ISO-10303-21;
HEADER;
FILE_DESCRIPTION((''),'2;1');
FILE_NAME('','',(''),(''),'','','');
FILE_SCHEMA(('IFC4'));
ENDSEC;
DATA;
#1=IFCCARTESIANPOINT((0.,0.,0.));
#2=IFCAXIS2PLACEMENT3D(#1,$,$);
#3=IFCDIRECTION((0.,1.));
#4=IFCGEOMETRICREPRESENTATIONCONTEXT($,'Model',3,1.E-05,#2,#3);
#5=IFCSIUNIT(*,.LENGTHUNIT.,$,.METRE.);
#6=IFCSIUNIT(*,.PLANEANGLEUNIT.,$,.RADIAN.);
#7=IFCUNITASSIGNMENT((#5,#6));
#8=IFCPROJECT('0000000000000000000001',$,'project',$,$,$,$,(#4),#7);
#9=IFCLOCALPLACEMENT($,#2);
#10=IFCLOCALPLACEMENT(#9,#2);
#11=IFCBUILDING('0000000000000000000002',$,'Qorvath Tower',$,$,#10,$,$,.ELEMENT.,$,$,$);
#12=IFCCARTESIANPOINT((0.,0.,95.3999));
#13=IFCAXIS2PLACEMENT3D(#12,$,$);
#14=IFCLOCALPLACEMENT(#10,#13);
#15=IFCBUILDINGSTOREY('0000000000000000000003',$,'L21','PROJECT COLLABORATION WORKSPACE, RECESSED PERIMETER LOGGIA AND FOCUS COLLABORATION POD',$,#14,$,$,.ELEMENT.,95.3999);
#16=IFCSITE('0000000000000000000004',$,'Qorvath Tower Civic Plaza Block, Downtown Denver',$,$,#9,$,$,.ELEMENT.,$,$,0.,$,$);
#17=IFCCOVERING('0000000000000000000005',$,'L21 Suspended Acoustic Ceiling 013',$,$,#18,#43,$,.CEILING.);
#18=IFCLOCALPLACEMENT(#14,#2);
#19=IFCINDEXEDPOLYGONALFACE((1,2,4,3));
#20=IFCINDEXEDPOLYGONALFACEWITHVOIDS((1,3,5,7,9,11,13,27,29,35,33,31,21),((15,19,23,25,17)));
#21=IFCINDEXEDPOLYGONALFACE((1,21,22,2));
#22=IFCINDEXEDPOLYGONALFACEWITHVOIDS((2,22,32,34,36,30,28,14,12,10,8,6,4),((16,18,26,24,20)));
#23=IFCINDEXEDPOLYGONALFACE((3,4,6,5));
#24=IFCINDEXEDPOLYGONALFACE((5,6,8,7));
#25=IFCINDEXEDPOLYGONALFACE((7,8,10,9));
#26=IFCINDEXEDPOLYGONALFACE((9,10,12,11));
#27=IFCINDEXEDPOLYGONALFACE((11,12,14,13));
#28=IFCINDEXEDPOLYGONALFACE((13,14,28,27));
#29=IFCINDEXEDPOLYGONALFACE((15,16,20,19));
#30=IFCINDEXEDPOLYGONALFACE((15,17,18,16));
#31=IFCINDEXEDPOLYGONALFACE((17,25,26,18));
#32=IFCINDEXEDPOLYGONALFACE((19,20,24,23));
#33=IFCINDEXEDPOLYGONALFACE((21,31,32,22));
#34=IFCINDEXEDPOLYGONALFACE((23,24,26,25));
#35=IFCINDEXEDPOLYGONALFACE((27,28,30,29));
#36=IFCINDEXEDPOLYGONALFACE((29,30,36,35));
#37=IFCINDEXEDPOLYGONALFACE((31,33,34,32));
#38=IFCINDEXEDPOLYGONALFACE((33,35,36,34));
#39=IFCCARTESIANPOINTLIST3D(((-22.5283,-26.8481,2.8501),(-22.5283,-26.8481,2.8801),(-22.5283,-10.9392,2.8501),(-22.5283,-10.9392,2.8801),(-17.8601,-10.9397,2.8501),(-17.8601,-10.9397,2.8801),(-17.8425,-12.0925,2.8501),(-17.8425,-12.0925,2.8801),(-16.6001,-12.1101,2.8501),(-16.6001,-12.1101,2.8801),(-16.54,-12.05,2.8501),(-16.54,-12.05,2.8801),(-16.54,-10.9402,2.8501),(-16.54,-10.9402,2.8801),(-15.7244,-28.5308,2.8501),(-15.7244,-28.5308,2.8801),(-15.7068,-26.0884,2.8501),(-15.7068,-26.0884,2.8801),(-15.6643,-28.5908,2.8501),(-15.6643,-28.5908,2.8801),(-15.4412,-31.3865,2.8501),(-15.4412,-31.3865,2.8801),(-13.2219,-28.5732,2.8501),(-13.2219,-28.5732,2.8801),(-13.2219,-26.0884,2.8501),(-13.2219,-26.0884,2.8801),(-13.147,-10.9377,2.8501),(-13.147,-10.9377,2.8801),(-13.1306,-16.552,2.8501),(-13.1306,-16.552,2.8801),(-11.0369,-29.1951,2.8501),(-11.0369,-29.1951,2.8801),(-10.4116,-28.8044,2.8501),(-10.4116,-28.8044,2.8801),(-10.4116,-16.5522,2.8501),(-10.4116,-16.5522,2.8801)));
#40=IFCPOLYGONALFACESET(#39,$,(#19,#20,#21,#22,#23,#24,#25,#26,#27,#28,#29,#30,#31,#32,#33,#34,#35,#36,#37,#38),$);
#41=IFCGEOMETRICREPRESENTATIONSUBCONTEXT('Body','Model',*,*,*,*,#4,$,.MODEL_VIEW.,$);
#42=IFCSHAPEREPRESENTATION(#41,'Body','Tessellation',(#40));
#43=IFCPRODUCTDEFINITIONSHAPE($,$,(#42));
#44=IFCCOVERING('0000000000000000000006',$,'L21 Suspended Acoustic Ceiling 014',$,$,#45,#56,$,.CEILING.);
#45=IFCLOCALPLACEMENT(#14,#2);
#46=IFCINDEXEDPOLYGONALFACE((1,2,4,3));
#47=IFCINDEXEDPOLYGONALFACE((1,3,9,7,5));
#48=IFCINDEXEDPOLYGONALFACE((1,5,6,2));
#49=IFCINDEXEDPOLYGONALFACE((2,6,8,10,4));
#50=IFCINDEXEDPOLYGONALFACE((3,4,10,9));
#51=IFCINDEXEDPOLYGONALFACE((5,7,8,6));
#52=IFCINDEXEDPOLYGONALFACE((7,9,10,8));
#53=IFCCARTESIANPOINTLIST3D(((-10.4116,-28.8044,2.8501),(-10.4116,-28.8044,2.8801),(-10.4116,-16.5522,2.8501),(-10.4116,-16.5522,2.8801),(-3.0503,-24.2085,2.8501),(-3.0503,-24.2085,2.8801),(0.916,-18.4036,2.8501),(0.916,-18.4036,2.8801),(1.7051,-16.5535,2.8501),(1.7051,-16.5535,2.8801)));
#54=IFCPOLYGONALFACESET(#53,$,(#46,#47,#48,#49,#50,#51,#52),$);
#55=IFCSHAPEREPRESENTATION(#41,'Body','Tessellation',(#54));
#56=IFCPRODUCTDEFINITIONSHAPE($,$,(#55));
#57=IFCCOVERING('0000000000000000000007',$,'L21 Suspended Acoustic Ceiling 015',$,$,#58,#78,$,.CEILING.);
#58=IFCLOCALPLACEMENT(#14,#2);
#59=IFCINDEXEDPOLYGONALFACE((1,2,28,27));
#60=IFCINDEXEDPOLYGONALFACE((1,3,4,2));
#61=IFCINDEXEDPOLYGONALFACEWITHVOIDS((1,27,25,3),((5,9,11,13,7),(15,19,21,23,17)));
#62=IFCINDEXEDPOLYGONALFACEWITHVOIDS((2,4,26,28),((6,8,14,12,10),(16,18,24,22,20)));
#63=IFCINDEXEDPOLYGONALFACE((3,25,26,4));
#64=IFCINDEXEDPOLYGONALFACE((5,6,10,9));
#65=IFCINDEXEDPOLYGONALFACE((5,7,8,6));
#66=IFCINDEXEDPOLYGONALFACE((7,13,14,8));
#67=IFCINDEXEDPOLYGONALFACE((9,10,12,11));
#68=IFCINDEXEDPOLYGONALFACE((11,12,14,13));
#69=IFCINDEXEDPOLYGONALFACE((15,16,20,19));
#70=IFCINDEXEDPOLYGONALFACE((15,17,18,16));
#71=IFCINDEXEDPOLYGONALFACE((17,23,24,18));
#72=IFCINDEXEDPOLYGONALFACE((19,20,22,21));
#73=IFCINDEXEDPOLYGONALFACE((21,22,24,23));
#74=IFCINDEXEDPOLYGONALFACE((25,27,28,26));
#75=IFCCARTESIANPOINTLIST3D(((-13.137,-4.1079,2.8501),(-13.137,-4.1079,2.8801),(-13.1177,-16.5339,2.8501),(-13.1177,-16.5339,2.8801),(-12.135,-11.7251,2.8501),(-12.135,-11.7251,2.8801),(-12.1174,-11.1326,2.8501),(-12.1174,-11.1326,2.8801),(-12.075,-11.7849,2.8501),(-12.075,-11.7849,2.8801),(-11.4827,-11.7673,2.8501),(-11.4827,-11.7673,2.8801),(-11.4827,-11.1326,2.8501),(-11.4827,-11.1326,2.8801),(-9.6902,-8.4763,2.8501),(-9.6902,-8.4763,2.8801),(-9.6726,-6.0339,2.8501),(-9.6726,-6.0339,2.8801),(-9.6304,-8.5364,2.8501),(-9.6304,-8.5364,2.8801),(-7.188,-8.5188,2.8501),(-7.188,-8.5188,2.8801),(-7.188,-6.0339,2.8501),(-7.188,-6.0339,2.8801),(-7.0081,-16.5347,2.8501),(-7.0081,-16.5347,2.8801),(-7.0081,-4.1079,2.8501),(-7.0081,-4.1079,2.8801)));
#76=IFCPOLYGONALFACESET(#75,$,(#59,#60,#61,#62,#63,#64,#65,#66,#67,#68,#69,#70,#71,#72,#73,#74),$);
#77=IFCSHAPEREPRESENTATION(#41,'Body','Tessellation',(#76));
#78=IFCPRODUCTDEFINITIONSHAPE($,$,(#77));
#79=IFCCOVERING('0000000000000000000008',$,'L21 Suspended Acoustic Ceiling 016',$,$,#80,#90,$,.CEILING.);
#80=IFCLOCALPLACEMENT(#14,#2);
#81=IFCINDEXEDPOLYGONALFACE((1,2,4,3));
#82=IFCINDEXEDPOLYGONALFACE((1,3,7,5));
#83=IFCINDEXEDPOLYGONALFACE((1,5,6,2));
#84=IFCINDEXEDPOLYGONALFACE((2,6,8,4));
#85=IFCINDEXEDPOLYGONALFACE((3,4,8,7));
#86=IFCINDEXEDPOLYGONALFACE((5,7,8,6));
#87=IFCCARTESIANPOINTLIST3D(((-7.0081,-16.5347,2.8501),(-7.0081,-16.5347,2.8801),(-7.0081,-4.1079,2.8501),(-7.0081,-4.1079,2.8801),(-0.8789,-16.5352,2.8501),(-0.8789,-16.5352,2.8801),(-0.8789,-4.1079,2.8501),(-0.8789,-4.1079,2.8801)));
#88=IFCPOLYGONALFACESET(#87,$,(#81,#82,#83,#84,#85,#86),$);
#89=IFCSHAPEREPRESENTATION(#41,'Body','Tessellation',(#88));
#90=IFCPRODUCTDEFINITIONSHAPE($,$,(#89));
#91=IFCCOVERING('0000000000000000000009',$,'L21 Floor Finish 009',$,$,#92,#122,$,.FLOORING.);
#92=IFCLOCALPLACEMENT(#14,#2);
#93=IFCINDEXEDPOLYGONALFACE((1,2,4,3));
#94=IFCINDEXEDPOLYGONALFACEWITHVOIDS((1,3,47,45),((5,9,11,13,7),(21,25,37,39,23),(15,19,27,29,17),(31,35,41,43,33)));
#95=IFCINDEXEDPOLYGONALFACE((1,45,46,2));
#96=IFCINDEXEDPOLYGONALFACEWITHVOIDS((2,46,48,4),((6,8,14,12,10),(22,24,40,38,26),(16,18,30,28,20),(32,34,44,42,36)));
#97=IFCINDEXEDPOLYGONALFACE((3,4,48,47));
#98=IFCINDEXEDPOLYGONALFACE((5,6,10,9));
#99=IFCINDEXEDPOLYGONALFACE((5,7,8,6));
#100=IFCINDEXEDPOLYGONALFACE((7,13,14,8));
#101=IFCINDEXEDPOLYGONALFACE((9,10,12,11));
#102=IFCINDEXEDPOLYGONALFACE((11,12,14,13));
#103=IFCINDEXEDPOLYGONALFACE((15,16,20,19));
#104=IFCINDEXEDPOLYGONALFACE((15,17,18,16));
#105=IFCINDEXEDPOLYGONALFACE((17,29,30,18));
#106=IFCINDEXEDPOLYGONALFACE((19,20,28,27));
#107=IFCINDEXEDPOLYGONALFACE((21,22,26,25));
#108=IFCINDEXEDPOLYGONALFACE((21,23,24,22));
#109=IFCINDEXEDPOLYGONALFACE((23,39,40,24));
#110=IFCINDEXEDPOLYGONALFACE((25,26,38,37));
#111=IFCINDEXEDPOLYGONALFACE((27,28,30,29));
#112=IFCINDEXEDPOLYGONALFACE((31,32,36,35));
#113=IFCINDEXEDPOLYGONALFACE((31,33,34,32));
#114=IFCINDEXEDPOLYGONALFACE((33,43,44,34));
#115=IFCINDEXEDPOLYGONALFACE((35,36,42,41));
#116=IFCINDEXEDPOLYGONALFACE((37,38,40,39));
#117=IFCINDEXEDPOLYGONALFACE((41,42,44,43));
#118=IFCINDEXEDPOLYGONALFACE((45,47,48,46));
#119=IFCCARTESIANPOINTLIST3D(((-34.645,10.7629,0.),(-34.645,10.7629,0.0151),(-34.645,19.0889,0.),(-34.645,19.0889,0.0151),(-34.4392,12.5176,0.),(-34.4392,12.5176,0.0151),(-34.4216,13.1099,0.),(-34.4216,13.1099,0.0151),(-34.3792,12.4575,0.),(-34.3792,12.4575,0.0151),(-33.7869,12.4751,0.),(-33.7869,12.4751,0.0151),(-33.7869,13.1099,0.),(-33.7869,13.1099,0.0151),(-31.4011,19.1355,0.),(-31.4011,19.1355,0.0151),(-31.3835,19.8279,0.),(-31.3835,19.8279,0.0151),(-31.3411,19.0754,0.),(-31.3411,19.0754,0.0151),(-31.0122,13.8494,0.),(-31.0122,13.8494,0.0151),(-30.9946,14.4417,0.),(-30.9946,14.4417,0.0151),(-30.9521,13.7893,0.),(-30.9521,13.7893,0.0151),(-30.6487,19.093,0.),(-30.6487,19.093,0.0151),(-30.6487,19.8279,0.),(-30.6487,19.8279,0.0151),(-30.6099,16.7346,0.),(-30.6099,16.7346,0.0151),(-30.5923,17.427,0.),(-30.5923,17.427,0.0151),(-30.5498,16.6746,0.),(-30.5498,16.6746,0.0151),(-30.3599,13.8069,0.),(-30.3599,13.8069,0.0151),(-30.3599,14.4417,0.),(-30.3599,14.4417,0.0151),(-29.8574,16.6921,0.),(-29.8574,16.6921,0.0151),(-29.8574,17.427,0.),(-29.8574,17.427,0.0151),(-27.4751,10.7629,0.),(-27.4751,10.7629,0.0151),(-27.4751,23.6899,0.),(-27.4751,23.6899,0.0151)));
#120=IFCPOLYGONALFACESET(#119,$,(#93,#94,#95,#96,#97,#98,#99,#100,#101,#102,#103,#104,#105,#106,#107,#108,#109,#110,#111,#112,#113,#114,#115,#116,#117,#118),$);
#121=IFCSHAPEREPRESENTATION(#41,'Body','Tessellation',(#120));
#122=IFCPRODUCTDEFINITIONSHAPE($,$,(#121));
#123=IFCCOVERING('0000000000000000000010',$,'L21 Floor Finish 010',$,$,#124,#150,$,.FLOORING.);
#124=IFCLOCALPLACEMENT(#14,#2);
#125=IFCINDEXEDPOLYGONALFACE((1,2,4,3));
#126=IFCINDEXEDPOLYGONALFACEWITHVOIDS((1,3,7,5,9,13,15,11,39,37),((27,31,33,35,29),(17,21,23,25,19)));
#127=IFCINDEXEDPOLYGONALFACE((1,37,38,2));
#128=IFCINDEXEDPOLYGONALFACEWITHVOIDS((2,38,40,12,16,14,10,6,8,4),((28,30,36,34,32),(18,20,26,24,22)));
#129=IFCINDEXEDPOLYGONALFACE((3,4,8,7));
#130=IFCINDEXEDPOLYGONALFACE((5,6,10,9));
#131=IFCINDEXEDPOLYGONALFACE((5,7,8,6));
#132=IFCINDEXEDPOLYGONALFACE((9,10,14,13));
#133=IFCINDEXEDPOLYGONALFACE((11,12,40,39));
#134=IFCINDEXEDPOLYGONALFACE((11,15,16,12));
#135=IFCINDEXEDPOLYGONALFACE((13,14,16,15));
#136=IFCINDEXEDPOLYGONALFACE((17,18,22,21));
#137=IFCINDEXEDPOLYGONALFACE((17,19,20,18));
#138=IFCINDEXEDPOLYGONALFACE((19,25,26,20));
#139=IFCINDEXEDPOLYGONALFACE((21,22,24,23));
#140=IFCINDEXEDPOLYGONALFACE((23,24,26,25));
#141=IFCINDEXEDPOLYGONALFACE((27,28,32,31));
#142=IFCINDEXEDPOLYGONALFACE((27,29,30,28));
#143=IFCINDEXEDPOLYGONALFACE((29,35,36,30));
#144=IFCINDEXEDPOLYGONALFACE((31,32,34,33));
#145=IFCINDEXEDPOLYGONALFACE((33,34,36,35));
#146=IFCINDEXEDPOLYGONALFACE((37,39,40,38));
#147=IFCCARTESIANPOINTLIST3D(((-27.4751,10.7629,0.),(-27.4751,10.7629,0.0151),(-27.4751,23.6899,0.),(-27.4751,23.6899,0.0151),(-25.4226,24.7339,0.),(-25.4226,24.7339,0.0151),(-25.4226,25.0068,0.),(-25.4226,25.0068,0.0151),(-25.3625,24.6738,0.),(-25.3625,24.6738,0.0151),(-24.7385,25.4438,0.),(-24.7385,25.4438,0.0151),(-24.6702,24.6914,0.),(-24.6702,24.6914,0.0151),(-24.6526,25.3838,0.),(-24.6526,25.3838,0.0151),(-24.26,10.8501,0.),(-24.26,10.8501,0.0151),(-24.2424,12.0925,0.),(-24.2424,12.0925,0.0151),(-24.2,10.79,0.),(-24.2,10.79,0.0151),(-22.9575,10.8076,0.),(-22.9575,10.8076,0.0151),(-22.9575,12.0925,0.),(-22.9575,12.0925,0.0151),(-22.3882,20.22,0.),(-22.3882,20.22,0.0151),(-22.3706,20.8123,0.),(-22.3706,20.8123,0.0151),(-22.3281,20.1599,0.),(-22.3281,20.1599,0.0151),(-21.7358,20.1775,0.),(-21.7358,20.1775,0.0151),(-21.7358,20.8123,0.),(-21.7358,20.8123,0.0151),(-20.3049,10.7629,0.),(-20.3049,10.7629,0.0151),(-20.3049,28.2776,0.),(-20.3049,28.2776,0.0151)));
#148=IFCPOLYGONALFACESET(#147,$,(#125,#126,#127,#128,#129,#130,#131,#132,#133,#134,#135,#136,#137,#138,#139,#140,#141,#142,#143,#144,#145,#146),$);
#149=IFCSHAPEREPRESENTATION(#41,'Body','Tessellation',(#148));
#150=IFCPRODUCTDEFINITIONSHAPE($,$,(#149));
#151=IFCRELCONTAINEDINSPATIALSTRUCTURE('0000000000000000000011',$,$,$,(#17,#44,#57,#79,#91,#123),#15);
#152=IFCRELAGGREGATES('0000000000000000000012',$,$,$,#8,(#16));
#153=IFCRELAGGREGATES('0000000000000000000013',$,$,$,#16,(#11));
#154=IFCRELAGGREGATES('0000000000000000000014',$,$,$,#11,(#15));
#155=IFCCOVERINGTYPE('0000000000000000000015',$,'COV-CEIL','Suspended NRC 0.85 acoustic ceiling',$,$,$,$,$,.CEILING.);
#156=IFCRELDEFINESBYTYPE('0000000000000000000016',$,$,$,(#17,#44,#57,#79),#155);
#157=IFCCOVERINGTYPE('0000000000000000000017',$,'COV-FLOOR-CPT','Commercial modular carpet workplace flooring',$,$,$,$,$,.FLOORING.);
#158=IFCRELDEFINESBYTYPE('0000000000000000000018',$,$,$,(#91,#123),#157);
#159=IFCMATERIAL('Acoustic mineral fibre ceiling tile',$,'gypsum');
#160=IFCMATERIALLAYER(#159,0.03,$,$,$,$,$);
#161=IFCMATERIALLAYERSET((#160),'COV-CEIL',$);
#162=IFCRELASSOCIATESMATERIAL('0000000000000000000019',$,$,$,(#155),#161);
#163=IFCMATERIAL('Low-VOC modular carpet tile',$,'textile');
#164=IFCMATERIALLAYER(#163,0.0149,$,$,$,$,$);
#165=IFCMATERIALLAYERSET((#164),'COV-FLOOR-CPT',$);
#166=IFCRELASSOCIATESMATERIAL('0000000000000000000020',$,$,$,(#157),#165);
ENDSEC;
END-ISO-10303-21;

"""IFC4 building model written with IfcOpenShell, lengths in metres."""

from ifc_helpers import new_model, si_unit, direction, frame, origin, place, context, subcontext, project, spatial, polyline, outline, extrude, material, layer, layer_set, type_object, element, save


model = new_model("IFC4")

# Units and contexts
model_context = context("Model", 3, precision=1e-05, world=origin(), true_north=direction((0.0, 1.0)))
body_context = subcontext(model_context, "Body", "Model", "MODEL_VIEW")
ifc_project = project(units=[si_unit("LENGTHUNIT", "METRE"), si_unit("PLANEANGLEUNIT", "RADIAN")], contexts=[model_context])

# Site, building, storey
site_placement = place(None, origin())
site = spatial("IfcSite", under=ifc_project, at=site_placement, Name="Qorvath Tower Civic Plaza Block, Downtown Denver", CompositionType="ELEMENT", RefElevation=0.0)
building_placement = place(site_placement, origin())
building = spatial("IfcBuilding", under=site, at=building_placement, Name="Qorvath Tower", CompositionType="ELEMENT")
storey_placement = place(building_placement, frame((0.0, 0.0, 95.3999)))
storey = spatial("IfcBuildingStorey", under=building, at=storey_placement, Name="L21", Description="PROJECT COLLABORATION WORKSPACE, RECESSED PERIMETER LOGGIA AND FOCUS COLLABORATION POD", CompositionType="ELEMENT", Elevation=95.3999)

# Coverings
ifc_material_1 = material(Name="Acoustic mineral fibre ceiling tile", Category="gypsum")
ifc_layer_1 = layer(ifc_material_1, 0.03)
ifc_layer_set_1 = layer_set([ifc_layer_1], Name="COV-CEIL")
covering_type_1 = type_object("IfcCoveringType", Name="COV-CEIL", Description="Suspended NRC 0.85 acoustic ceiling", PredefinedType="CEILING", material=ifc_layer_set_1)
covering_1_placement = place(storey_placement, frame((0.0, 0.0, 2.8501)))
element("IfcCovering", 1, at=covering_1_placement, inside=storey, type_object=covering_type_1, Name="L21 Suspended Acoustic Ceiling 013", PredefinedType="CEILING", context=body_context, shape_type="SweptSolid", body=[
    extrude(outline(polyline([(-15.4412, -31.3865), (-11.0369, -29.1951), (-10.4116, -28.8044), (-10.4116, -16.5522), (-13.1306, -16.552), (-13.147, -10.9377), (-16.54, -10.9402), (-16.54, -12.05), (-16.6001, -12.1101), (-17.8425, -12.0925), (-17.8601, -10.9397), (-22.5283, -10.9392), (-22.5283, -26.8481), (-15.4412, -31.3865)]), holes=[polyline([(-15.7244, -28.5308), (-15.7068, -26.0884), (-13.2219, -26.0884), (-13.2219, -28.5732), (-15.6643, -28.5908), (-15.7244, -28.5308)])]), origin(), (0.0, 0.0, 1.0), 0.03),
])
covering_2_placement = place(storey_placement, frame((0.0, 0.0, 2.8501)))
element("IfcCovering", 2, at=covering_2_placement, inside=storey, type_object=covering_type_1, Name="L21 Suspended Acoustic Ceiling 014", PredefinedType="CEILING", context=body_context, shape_type="SweptSolid", body=[
    extrude(outline(polyline([(-10.4116, -16.5522), (-10.4116, -28.8044), (-3.0503, -24.2085), (0.916, -18.4036), (1.7051, -16.5535), (-10.4116, -16.5522)])), origin(), (0.0, 0.0, 1.0), 0.03),
])
covering_3_placement = place(storey_placement, frame((0.0, 0.0, 2.8501)))
element("IfcCovering", 3, at=covering_3_placement, inside=storey, type_object=covering_type_1, Name="L21 Suspended Acoustic Ceiling 015", PredefinedType="CEILING", context=body_context, shape_type="SweptSolid", body=[
    extrude(outline(polyline([(-7.0081, -16.5347), (-7.0081, -4.1079), (-13.137, -4.1079), (-13.1177, -16.5339), (-7.0081, -16.5347)]), holes=[polyline([(-9.6902, -8.4763), (-9.6726, -6.0339), (-7.188, -6.0339), (-7.188, -8.5188), (-9.6304, -8.5364), (-9.6902, -8.4763)]), polyline([(-12.135, -11.7251), (-12.1174, -11.1326), (-11.4827, -11.1326), (-11.4827, -11.7673), (-12.075, -11.7849), (-12.135, -11.7251)])]), origin(), (0.0, 0.0, 1.0), 0.03),
])
covering_4_placement = place(storey_placement, frame((0.0, 0.0, 2.8501)))
element("IfcCovering", 4, at=covering_4_placement, inside=storey, type_object=covering_type_1, Name="L21 Suspended Acoustic Ceiling 016", PredefinedType="CEILING", context=body_context, shape_type="SweptSolid", body=[
    extrude(outline(polyline([(-0.8789, -16.5352), (-0.8789, -4.1079), (-7.0081, -4.1079), (-7.0081, -16.5347), (-0.8789, -16.5352)])), origin(), (0.0, 0.0, 1.0), 0.03),
])
ifc_material_2 = material(Name="Low-VOC modular carpet tile", Category="textile")
ifc_layer_2 = layer(ifc_material_2, 0.0149)
ifc_layer_set_2 = layer_set([ifc_layer_2], Name="COV-FLOOR-CPT")
covering_type_2 = type_object("IfcCoveringType", Name="COV-FLOOR-CPT", Description="Commercial modular carpet workplace flooring", PredefinedType="FLOORING", material=ifc_layer_set_2)
covering_5_placement = place(storey_placement, origin())
element("IfcCovering", 5, at=covering_5_placement, inside=storey, type_object=covering_type_2, Name="L21 Floor Finish 009", PredefinedType="FLOORING", context=body_context, shape_type="SweptSolid", body=[
    extrude(outline(polyline([(-27.4751, 10.7629), (-27.4751, 23.6899), (-34.645, 19.0889), (-34.645, 10.7629), (-27.4751, 10.7629)]), holes=[polyline([(-30.6099, 16.7346), (-30.5923, 17.427), (-29.8574, 17.427), (-29.8574, 16.6921), (-30.5498, 16.6746), (-30.6099, 16.7346)]), polyline([(-31.0122, 13.8494), (-30.9946, 14.4417), (-30.3599, 14.4417), (-30.3599, 13.8069), (-30.9521, 13.7893), (-31.0122, 13.8494)]), polyline([(-31.4011, 19.1355), (-31.3835, 19.8279), (-30.6487, 19.8279), (-30.6487, 19.093), (-31.3411, 19.0754), (-31.4011, 19.1355)]), polyline([(-34.4392, 12.5176), (-34.4216, 13.1099), (-33.7869, 13.1099), (-33.7869, 12.4751), (-34.3792, 12.4575), (-34.4392, 12.5176)])]), origin(), (0.0, 0.0, 1.0), 0.0151),
])
covering_6_placement = place(storey_placement, origin())
element("IfcCovering", 6, at=covering_6_placement, inside=storey, type_object=covering_type_2, Name="L21 Floor Finish 010", PredefinedType="FLOORING", context=body_context, shape_type="SweptSolid", body=[
    extrude(outline(polyline([(-25.4226, 24.7339), (-25.4226, 25.0068), (-27.4751, 23.6899), (-27.4751, 10.7629), (-20.3049, 10.7629), (-20.3049, 28.2776), (-24.7385, 25.4438), (-24.6526, 25.3838), (-24.6702, 24.6914), (-25.3625, 24.6738), (-25.4226, 24.7339)]), holes=[polyline([(-22.3882, 20.22), (-22.3706, 20.8123), (-21.7358, 20.8123), (-21.7358, 20.1775), (-22.3281, 20.1599), (-22.3882, 20.22)]), polyline([(-24.26, 10.8501), (-24.2424, 12.0925), (-22.9575, 12.0925), (-22.9575, 10.8076), (-24.2, 10.79), (-24.26, 10.8501)])]), origin(), (0.0, 0.0, 1.0), 0.0151),
])

save(model, "model.ifc")
